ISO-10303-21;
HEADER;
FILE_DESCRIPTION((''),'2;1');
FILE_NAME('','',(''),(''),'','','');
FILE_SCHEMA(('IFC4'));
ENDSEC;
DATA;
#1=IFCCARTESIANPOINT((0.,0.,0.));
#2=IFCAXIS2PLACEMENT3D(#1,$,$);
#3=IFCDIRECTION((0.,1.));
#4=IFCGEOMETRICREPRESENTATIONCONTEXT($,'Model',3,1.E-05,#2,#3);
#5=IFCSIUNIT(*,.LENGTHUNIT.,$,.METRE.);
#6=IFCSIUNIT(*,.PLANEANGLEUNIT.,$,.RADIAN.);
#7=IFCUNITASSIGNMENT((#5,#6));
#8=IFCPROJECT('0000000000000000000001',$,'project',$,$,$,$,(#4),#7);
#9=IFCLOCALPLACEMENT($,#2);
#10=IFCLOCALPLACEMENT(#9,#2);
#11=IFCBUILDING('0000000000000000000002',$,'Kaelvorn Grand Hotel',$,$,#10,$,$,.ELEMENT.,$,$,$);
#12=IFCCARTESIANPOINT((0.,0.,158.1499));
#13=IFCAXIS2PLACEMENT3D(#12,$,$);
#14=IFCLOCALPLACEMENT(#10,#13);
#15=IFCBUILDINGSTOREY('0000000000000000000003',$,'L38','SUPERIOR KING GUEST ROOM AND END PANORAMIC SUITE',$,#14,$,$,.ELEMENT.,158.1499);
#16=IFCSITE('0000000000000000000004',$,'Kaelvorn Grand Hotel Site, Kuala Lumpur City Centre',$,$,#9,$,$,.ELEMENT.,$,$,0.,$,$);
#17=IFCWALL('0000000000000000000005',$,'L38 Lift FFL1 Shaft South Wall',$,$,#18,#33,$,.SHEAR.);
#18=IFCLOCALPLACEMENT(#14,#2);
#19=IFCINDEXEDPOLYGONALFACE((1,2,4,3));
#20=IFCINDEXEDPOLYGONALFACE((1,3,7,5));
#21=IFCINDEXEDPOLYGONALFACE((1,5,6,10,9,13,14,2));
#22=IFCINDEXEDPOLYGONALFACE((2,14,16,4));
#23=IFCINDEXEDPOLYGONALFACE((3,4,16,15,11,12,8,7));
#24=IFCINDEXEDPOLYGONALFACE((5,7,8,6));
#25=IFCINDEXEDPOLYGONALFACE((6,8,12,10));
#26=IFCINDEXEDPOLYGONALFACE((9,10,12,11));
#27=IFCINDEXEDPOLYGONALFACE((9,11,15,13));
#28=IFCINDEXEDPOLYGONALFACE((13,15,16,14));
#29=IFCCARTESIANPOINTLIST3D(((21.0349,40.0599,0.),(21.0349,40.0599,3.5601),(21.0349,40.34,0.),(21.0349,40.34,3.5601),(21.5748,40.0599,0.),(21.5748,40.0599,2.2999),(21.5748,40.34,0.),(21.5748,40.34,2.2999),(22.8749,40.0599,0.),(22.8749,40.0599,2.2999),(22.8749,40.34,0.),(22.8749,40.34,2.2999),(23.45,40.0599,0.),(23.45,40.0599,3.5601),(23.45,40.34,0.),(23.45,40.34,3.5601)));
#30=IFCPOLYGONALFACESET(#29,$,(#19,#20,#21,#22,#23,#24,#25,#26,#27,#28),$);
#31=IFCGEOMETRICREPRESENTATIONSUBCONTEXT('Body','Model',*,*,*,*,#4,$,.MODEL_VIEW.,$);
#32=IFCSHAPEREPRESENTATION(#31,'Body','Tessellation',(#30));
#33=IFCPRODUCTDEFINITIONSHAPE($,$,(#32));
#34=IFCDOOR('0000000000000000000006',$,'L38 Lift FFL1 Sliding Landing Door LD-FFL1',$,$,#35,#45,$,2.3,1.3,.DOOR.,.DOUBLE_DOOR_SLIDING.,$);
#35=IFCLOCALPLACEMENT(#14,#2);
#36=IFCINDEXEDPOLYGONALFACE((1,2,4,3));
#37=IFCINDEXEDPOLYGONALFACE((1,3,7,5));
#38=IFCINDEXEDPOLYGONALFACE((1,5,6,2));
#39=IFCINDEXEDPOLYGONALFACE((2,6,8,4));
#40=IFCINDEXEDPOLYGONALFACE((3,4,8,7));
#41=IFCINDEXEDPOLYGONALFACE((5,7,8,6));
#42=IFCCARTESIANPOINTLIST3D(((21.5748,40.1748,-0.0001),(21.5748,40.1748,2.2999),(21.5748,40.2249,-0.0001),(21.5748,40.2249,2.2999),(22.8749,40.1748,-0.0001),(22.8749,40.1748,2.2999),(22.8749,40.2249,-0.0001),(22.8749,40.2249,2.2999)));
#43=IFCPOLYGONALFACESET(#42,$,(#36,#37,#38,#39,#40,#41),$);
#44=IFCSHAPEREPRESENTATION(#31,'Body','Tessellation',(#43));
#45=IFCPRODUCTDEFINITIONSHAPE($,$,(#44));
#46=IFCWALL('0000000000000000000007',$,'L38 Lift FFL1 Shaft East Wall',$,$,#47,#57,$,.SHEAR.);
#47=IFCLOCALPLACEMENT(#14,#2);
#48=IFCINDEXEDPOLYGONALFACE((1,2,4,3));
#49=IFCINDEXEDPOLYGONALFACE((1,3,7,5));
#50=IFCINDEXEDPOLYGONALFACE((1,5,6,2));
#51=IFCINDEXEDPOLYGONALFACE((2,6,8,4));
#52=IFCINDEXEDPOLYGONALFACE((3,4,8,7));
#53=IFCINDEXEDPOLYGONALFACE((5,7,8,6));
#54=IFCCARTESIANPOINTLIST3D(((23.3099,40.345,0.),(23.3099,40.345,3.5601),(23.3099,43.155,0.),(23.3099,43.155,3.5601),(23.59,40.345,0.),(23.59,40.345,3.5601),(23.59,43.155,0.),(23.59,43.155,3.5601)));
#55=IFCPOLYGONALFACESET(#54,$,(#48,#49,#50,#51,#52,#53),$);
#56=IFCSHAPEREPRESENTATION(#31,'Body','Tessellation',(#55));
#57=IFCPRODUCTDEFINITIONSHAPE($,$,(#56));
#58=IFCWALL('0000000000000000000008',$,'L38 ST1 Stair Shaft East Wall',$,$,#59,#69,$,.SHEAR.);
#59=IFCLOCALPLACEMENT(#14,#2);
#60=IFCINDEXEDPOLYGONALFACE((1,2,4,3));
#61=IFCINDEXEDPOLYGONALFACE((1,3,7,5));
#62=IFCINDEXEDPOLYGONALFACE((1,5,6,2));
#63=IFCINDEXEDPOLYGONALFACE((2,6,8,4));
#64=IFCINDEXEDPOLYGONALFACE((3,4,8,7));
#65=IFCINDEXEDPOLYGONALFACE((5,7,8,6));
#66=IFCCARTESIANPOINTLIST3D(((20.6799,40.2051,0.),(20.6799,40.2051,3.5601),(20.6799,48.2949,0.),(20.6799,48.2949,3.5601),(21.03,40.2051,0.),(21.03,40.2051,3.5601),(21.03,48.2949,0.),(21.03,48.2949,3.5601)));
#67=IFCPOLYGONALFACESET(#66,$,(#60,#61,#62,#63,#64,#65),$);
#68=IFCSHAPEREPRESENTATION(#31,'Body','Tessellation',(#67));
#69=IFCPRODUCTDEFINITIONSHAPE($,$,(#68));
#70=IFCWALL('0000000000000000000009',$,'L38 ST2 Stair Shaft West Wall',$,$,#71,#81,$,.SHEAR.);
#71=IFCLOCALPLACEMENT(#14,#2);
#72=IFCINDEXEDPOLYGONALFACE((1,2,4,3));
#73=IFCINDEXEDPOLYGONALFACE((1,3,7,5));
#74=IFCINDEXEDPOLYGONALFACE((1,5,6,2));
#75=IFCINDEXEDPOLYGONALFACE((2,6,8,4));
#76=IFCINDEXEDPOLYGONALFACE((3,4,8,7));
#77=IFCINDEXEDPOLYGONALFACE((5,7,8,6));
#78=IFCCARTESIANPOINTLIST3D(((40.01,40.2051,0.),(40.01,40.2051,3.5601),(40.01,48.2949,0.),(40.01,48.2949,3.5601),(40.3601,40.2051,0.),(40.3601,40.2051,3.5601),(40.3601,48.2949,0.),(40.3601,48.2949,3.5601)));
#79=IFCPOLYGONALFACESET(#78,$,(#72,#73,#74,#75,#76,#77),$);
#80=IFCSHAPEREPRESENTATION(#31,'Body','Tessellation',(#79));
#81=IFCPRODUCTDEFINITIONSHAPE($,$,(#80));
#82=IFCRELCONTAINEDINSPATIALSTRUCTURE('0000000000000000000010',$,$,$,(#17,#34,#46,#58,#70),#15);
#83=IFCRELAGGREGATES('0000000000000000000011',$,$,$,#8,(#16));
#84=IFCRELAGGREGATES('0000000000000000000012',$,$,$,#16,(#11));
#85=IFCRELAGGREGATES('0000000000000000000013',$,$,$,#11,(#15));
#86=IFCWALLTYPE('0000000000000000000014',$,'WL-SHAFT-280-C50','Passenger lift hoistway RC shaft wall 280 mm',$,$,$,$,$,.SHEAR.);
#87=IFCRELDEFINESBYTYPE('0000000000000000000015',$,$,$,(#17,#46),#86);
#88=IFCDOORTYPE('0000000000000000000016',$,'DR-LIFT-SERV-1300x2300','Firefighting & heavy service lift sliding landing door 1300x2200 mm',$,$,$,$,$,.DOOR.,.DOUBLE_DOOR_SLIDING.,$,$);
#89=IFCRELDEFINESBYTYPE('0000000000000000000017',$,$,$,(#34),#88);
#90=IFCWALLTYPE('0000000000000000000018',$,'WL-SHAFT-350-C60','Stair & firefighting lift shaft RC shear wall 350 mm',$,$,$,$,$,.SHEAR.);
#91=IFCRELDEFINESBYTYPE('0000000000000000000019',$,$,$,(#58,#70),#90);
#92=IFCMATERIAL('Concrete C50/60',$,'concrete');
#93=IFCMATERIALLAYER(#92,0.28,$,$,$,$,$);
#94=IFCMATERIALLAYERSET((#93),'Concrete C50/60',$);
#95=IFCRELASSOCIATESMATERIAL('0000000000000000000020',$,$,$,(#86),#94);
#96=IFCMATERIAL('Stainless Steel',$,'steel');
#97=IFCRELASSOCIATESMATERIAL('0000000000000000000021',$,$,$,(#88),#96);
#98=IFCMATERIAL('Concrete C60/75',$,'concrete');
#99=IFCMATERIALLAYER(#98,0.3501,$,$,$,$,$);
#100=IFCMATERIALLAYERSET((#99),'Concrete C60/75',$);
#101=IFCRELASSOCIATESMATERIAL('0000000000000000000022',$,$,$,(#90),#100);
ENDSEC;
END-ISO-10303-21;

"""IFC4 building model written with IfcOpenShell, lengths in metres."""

from ifc_helpers import new_model, si_unit, direction, frame, frame_2d, origin, place, context, subcontext, project, spatial, rectangle, extrude, material, layer, layer_set, type_object, element, fill, save


model = new_model("IFC4")

# Units and contexts
model_context = context("Model", 3, precision=1e-05, world=origin(), true_north=direction((0.0, 1.0)))
body_context = subcontext(model_context, "Body", "Model", "MODEL_VIEW")
ifc_project = project(units=[si_unit("LENGTHUNIT", "METRE"), si_unit("PLANEANGLEUNIT", "RADIAN")], contexts=[model_context])

# Site, building, storey
site_placement = place(None, origin())
site = spatial("IfcSite", under=ifc_project, at=site_placement, Name="Kaelvorn Grand Hotel Site, Kuala Lumpur City Centre", CompositionType="ELEMENT", RefElevation=0.0)
building_placement = place(site_placement, origin())
building = spatial("IfcBuilding", under=site, at=building_placement, Name="Kaelvorn Grand Hotel", CompositionType="ELEMENT")
storey_placement = place(building_placement, frame((0.0, 0.0, 158.1499)))
storey = spatial("IfcBuildingStorey", under=building, at=storey_placement, Name="L38", Description="SUPERIOR KING GUEST ROOM AND END PANORAMIC SUITE", CompositionType="ELEMENT", Elevation=158.1499)

# Shared definitions
ifc_material_1 = material(Name="Concrete C60/75", Category="concrete")

# Wall, opening, door
ifc_material_2 = material(Name="Concrete C50/60", Category="concrete")
ifc_layer_1 = layer(ifc_material_2, 0.28)
ifc_layer_set_1 = layer_set([ifc_layer_1], Name="Concrete C50/60")
wall_type_1 = type_object("IfcWallType", Name="WL-SHAFT-280-C50", Description="Passenger lift hoistway RC shaft wall 280 mm", PredefinedType="SHEAR", material=ifc_layer_set_1)
wall_1_placement = place(storey_placement, frame((21.0349, 40.2, 0.0), z_axis=(0.0, 0.0, 1.0), x_axis=(1.0, 0.0, 0.0)))
wall_1 = element("IfcWall", 1, at=wall_1_placement, inside=storey, type_object=wall_type_1, Name="L38 Lift FFL1 Shaft South Wall", PredefinedType="SHEAR", context=body_context, shape_type="SweptSolid", body=[
    extrude(rectangle(XDim=2.415, YDim=0.28, at=frame_2d((1.2075, 0.0))), origin(), (0.0, 0.0, 1.0), 3.5601),
])
opening_1_placement = place(wall_1_placement, frame((0.54, 0.0, 0.0)))
opening_1 = element("IfcOpeningElement", 2, at=opening_1_placement, cuts=wall_1, PredefinedType="OPENING", context=body_context, shape_type="SweptSolid", body=[
    extrude(rectangle(XDim=1.3, YDim=2.3, at=frame_2d((0.6499, 1.1499))), frame((0.0, 0.1499, 0.0), z_axis=(0.0, -1.0, 0.0), x_axis=(1.0, 0.0, 0.0)), (0.0, 0.0, 1.0), 0.3),
])
ifc_material_3 = material(Name="Stainless Steel", Category="steel")
door_type_1 = type_object("IfcDoorType", Name="DR-LIFT-SERV-1300x2300", Description="Firefighting & heavy service lift sliding landing door 1300x2200 mm", OperationType="DOUBLE_DOOR_SLIDING", PredefinedType="DOOR", material=ifc_material_3)
door_1_placement = place(opening_1_placement, origin())
door_1 = element("IfcDoor", 3, at=door_1_placement, inside=storey, type_object=door_type_1, Name="L38 Lift FFL1 Sliding Landing Door LD-FFL1", OperationType="DOUBLE_DOOR_SLIDING", OverallHeight=2.3, OverallWidth=1.3, PredefinedType="DOOR", context=body_context, shape_type="SweptSolid", body=[
    extrude(rectangle(XDim=1.3, YDim=2.3, at=frame_2d((0.6499, 1.1499))), frame((0.0, 0.0249, 0.0), z_axis=(0.0, -1.0, 0.0), x_axis=(1.0, 0.0, 0.0)), (0.0, 0.0, 1.0), 0.05),
])
fill(opening_1, door_1)

# Walls
wall_2_placement = place(storey_placement, frame((23.45, 40.345, 0.0), z_axis=(0.0, 0.0, 1.0), x_axis=(0.0, 1.0, 0.0)))
element("IfcWall", 4, at=wall_2_placement, inside=storey, type_object=wall_type_1, Name="L38 Lift FFL1 Shaft East Wall", PredefinedType="SHEAR", context=body_context, shape_type="SweptSolid", body=[
    extrude(rectangle(XDim=2.8101, YDim=0.28, at=frame_2d((1.405, 0.0))), origin(), (0.0, 0.0, 1.0), 3.5601),
])
ifc_layer_2 = layer(ifc_material_1, 0.3501)
ifc_layer_set_2 = layer_set([ifc_layer_2], Name="Concrete C60/75")
wall_type_2 = type_object("IfcWallType", Name="WL-SHAFT-350-C60", Description="Stair & firefighting lift shaft RC shear wall 350 mm", PredefinedType="SHEAR", material=ifc_layer_set_2)
wall_3_placement = place(storey_placement, frame((20.855, 40.2051, 0.0), z_axis=(0.0, 0.0, 1.0), x_axis=(0.0, 1.0, 0.0)))
element("IfcWall", 5, at=wall_3_placement, inside=storey, type_object=wall_type_2, Name="L38 ST1 Stair Shaft East Wall", PredefinedType="SHEAR", context=body_context, shape_type="SweptSolid", body=[
    extrude(rectangle(XDim=8.0898, YDim=0.3501, at=frame_2d((4.0449, 0.0))), origin(), (0.0, 0.0, 1.0), 3.5601),
])

# Wall
wall_4_placement = place(storey_placement, frame((40.1851, 40.2051, 0.0), z_axis=(0.0, 0.0, 1.0), x_axis=(0.0, 1.0, 0.0)))
element("IfcWall", 6, at=wall_4_placement, inside=storey, type_object=wall_type_2, Name="L38 ST2 Stair Shaft West Wall", PredefinedType="SHEAR", context=body_context, shape_type="SweptSolid", body=[
    extrude(rectangle(XDim=8.0898, YDim=0.3501, at=frame_2d((4.0449, 0.0))), origin(), (0.0, 0.0, 1.0), 3.5601),
])

save(model, "model.ifc")
